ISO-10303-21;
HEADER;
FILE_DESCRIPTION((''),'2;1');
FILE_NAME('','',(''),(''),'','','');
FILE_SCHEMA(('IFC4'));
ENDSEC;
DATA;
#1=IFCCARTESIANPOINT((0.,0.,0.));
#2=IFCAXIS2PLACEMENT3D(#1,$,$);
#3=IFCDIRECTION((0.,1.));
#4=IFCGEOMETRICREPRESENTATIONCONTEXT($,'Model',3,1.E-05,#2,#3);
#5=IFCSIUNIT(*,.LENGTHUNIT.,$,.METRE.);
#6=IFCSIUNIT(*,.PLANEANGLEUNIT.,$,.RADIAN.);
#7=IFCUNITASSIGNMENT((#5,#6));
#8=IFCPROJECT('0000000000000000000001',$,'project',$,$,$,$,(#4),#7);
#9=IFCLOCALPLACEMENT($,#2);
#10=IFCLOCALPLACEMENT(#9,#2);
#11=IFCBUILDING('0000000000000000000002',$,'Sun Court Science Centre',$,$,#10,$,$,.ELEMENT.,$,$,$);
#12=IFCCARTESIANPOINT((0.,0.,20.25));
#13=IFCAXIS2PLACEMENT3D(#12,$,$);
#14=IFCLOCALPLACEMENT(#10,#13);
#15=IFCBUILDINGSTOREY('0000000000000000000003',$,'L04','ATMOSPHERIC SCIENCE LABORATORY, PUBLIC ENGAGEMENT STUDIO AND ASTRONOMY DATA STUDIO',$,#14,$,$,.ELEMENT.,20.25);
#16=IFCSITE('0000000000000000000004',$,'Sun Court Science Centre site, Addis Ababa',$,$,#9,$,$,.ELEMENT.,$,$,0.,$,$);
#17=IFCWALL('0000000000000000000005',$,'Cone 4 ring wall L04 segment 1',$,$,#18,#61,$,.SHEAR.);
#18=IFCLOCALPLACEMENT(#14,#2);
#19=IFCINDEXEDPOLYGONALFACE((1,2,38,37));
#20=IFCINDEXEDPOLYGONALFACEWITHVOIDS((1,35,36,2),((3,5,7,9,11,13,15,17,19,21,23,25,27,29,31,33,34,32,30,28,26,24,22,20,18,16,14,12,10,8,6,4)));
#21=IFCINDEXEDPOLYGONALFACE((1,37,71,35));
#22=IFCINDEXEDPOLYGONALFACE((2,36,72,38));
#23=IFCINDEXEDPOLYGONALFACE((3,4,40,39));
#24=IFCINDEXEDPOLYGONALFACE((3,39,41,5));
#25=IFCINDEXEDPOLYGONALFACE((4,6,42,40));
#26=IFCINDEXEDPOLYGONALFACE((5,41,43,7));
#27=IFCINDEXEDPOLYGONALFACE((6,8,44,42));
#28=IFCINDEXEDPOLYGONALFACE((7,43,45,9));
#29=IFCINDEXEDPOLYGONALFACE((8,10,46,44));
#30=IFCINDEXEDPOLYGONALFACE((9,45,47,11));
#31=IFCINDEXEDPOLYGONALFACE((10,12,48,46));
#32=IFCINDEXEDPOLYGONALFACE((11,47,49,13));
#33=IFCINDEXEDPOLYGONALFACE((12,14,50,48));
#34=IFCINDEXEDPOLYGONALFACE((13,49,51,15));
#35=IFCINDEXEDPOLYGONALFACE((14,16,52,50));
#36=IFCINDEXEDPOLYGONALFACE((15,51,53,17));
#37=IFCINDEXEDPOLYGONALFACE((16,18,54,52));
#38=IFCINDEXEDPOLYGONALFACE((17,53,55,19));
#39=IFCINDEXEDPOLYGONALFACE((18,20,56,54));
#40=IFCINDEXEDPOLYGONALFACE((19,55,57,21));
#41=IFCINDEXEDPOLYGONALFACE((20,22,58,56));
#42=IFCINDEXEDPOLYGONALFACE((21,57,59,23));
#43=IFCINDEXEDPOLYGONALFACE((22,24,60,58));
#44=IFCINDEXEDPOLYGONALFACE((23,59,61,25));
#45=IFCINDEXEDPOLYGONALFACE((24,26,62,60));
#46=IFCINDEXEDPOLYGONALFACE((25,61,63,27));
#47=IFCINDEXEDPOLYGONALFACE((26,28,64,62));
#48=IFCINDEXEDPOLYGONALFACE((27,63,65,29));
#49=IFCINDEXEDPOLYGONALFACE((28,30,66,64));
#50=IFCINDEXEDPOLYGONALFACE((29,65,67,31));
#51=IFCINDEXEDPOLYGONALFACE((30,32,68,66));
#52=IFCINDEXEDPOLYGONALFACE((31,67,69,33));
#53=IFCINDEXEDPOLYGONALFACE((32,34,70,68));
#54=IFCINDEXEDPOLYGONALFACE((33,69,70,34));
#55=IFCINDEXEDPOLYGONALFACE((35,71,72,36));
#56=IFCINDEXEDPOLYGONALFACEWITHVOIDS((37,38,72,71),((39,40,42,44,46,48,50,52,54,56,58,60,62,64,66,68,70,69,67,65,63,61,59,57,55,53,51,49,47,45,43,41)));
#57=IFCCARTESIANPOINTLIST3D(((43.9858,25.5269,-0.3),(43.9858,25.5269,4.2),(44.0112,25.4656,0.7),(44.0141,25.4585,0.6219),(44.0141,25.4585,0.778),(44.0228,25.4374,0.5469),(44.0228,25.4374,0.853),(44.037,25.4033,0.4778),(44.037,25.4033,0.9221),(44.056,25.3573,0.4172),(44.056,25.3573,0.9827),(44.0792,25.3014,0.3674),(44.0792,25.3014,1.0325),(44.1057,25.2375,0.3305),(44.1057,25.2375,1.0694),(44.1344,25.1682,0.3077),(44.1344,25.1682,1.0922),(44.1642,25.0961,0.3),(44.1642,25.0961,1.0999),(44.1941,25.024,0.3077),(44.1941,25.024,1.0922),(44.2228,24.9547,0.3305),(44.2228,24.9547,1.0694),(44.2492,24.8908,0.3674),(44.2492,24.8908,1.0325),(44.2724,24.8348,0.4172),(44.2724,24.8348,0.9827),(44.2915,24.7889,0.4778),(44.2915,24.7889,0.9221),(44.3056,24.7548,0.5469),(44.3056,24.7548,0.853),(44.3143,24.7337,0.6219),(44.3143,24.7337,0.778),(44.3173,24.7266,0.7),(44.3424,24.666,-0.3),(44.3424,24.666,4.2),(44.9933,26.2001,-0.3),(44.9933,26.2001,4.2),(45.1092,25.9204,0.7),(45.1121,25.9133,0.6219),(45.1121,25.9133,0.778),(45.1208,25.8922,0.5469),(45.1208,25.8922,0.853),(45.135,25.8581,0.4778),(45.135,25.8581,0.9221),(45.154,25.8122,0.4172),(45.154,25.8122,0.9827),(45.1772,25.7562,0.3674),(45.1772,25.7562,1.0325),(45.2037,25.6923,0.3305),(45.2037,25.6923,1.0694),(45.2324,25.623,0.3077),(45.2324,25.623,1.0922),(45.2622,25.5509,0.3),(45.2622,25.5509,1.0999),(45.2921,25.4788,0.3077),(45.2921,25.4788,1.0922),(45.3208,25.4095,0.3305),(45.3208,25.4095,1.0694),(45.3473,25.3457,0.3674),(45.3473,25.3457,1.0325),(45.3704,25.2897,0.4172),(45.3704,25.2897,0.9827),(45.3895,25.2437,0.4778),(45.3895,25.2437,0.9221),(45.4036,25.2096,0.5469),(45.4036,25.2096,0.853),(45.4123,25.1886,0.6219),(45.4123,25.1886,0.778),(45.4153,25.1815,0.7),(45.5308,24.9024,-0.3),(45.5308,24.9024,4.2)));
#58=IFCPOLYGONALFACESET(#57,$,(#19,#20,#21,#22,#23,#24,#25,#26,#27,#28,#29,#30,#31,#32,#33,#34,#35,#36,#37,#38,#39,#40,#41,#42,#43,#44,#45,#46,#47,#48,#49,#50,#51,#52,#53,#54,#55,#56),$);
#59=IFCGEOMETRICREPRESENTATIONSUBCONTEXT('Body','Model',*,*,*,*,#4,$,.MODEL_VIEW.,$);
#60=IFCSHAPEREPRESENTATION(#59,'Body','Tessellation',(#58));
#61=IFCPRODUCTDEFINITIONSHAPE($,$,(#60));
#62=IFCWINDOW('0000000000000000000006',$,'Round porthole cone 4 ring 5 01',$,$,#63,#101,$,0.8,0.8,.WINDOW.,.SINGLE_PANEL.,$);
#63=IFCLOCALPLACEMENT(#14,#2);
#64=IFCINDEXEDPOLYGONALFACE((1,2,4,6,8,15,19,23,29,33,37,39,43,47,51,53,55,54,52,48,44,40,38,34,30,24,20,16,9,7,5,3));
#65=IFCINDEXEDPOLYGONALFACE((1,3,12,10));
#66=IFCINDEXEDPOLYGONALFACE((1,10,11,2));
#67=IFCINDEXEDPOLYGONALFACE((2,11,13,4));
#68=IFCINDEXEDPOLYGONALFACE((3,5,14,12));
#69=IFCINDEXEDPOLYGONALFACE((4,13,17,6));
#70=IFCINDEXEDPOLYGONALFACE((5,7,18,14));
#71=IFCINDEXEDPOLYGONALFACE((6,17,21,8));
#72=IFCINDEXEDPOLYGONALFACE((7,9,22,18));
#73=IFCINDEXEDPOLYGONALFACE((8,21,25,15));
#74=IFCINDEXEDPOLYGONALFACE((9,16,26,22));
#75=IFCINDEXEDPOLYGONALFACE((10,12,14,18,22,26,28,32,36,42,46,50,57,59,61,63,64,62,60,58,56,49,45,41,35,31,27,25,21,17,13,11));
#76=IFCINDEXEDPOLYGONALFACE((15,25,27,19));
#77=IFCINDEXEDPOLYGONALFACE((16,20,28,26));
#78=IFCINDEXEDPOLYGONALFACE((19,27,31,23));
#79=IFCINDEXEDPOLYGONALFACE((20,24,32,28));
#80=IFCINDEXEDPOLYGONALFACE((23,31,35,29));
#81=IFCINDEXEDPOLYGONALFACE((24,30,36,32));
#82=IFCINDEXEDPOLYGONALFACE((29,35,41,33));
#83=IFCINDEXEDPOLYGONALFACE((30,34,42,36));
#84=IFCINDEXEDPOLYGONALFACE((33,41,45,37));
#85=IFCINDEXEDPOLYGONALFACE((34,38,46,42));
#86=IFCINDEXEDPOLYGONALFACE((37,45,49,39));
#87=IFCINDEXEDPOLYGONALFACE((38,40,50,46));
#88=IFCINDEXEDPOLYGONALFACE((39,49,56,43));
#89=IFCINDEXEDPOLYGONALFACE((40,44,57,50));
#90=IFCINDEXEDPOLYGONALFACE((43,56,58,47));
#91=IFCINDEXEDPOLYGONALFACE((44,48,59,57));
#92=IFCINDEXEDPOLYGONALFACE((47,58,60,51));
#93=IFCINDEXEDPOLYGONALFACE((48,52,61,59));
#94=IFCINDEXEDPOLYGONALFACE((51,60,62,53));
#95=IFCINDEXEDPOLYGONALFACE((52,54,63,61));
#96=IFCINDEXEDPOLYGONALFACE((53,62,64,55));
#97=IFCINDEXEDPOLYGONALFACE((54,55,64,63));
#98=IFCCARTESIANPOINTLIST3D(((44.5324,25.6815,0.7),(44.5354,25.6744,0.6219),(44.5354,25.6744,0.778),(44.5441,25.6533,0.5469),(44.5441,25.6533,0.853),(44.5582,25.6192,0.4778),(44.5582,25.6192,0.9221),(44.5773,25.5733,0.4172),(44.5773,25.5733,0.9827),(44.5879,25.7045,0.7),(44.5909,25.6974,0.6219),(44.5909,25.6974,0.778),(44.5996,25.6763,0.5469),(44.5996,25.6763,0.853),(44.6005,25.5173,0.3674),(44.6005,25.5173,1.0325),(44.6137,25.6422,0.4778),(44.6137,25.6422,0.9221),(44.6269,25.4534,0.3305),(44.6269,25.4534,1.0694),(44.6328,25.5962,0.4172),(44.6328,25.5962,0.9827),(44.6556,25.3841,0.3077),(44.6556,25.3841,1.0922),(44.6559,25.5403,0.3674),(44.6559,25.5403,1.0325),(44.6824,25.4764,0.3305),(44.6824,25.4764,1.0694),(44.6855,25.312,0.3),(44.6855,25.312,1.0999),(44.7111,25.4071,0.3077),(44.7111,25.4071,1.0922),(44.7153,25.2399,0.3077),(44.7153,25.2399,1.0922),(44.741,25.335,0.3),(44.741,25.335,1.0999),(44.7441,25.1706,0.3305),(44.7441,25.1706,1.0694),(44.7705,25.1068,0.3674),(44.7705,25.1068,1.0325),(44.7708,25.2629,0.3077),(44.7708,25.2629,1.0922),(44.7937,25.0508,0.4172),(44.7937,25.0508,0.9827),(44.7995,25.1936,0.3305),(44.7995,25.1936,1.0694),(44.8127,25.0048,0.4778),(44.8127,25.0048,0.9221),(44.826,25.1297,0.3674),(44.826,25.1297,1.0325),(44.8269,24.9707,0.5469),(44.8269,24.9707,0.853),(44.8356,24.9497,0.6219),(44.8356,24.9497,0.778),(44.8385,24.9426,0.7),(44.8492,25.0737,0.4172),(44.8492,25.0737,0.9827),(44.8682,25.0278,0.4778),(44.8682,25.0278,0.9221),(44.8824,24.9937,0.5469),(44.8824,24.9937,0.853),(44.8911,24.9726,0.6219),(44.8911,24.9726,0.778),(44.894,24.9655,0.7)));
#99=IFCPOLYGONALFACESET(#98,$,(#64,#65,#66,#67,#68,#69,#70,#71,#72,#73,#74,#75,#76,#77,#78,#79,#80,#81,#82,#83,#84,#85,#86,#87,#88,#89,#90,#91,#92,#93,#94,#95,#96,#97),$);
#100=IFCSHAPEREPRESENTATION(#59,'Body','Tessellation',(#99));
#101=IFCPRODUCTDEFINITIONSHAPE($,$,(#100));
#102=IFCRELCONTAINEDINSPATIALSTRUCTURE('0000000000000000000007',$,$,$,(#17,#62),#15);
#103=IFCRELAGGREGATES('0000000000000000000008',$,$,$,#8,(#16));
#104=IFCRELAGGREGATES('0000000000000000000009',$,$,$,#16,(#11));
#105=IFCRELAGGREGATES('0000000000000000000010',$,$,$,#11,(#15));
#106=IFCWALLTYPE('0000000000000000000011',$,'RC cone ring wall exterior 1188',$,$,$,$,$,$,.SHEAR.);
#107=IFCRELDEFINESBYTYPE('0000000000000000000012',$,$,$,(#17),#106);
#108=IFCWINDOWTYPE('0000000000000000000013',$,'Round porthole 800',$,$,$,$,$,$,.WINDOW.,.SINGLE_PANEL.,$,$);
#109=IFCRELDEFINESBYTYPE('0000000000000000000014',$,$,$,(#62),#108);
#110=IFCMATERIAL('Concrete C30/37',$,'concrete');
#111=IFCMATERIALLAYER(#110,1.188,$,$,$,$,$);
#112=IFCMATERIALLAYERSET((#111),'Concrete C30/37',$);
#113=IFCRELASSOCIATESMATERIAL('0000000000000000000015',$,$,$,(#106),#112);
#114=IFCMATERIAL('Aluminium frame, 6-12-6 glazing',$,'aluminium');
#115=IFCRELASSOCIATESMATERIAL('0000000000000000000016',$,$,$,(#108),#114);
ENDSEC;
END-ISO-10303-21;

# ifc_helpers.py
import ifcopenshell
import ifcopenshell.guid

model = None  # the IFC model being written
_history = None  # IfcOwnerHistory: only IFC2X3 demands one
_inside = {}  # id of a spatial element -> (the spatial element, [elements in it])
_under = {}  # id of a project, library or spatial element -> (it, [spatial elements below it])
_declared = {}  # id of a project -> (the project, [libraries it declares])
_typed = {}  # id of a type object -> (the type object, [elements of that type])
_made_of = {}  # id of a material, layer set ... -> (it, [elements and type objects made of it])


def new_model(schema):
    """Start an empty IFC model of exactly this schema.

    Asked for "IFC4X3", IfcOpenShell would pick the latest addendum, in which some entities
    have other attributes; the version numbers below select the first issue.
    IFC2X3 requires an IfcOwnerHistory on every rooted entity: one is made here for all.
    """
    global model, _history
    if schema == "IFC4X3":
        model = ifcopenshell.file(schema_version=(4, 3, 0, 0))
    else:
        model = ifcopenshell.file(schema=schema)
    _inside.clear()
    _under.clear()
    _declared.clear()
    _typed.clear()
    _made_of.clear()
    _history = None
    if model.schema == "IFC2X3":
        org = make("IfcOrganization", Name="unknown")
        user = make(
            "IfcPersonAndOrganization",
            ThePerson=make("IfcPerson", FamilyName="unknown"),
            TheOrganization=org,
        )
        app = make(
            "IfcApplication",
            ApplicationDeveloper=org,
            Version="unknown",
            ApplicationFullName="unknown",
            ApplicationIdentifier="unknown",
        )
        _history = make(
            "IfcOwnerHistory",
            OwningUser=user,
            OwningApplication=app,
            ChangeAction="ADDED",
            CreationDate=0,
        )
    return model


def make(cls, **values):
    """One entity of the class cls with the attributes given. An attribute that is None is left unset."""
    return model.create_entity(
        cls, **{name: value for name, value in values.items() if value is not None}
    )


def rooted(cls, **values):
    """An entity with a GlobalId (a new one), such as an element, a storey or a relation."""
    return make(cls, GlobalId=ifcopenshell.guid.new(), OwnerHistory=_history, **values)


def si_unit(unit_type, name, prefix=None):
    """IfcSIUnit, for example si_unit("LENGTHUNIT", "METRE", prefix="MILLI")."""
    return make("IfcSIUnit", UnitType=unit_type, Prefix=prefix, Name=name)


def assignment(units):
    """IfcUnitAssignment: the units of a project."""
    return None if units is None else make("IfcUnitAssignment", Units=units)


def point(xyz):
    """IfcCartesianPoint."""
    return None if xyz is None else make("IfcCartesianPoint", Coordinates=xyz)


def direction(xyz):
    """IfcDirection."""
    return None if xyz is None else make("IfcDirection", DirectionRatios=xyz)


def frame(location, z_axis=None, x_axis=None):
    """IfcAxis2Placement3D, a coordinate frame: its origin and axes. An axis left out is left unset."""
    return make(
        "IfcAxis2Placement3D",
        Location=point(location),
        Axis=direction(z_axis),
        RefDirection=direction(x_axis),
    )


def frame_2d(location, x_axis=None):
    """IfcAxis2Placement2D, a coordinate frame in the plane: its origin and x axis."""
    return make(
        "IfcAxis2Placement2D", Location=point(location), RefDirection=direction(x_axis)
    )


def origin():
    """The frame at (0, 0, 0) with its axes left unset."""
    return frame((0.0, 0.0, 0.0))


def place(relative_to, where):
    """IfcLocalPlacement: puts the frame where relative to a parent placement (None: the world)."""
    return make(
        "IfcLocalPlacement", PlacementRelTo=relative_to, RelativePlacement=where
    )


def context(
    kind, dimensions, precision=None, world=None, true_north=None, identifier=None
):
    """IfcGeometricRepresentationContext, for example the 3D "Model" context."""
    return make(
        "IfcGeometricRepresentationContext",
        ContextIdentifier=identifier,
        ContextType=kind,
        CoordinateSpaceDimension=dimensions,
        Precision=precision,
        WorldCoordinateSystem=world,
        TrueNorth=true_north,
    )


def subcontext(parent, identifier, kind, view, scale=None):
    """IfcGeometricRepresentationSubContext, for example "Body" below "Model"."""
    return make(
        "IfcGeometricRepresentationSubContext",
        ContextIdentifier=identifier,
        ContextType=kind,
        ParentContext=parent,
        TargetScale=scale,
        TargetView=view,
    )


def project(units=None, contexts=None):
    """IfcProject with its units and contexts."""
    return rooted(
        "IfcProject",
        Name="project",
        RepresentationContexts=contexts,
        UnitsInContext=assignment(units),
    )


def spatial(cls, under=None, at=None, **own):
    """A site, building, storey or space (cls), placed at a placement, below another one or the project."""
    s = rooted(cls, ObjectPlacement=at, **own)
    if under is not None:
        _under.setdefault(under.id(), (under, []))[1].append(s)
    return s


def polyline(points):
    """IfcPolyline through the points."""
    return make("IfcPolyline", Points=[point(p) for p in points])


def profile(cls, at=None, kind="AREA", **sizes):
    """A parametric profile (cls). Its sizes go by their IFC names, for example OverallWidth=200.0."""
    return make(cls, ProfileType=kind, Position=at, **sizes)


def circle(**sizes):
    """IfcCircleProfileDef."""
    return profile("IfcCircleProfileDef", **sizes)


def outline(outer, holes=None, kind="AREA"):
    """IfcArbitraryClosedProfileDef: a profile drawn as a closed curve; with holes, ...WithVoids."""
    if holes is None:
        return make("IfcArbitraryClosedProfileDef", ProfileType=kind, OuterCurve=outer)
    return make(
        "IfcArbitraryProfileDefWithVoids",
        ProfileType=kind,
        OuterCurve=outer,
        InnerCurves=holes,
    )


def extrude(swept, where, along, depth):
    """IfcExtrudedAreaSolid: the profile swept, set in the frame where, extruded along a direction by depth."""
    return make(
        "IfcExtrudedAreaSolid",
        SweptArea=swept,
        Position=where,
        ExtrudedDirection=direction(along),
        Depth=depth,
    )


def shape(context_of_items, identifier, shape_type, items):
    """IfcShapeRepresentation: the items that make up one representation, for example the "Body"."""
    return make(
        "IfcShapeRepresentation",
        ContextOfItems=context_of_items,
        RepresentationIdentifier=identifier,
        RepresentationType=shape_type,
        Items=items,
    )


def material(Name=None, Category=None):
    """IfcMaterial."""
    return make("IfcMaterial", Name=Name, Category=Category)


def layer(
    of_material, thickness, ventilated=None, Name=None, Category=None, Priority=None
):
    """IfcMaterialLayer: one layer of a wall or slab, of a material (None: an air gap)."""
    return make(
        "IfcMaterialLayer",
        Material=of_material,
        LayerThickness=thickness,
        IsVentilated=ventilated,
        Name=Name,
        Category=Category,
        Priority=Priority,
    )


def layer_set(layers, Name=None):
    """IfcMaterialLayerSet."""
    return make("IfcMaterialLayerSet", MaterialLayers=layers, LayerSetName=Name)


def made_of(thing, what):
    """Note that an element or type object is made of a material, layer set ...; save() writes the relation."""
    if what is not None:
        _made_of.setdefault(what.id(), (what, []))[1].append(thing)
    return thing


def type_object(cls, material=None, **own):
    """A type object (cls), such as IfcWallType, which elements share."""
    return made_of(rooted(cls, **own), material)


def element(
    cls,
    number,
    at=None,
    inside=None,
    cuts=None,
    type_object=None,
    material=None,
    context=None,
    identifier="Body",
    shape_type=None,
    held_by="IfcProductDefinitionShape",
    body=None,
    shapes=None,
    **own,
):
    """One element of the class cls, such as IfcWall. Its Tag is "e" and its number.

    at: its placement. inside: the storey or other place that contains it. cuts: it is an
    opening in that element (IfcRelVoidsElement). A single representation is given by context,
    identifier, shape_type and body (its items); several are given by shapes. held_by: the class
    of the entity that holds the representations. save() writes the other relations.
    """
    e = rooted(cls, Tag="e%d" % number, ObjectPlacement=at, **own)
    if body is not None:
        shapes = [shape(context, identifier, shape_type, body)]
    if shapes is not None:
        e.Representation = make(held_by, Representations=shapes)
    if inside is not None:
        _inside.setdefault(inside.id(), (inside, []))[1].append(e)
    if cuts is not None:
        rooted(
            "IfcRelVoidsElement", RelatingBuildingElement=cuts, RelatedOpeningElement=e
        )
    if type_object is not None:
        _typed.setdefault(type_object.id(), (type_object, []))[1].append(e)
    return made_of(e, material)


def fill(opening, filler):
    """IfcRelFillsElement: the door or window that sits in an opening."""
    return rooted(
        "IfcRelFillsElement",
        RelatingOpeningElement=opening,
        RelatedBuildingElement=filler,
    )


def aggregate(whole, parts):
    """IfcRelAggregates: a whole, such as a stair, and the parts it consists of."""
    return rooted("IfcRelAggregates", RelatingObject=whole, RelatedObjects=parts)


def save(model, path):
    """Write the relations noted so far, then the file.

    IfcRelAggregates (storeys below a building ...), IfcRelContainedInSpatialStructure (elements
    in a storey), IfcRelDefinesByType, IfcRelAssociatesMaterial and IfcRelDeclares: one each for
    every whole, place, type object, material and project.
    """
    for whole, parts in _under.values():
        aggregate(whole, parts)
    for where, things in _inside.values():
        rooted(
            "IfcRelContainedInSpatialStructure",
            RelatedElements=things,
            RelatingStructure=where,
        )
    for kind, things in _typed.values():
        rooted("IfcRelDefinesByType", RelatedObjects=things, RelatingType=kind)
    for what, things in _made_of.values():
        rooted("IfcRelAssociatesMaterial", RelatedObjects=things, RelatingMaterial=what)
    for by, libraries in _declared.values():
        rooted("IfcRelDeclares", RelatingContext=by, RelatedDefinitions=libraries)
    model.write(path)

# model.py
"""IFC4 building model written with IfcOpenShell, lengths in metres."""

from ifc_helpers import new_model, si_unit, direction, frame, frame_2d, origin, place, context, subcontext, project, spatial, polyline, circle, outline, extrude, material, layer, layer_set, type_object, element, fill, save


model = new_model("IFC4")

# Units and contexts
model_context = context("Model", 3, precision=1e-05, world=origin(), true_north=direction((0.0, 1.0)))
body_context = subcontext(model_context, "Body", "Model", "MODEL_VIEW")
ifc_project = project(units=[si_unit("LENGTHUNIT", "METRE"), si_unit("PLANEANGLEUNIT", "RADIAN")], contexts=[model_context])

# Site, building, storey
site_placement = place(None, origin())
site = spatial("IfcSite", under=ifc_project, at=site_placement, Name="Sun Court Science Centre site, Addis Ababa", CompositionType="ELEMENT", RefElevation=0.0)
building_placement = place(site_placement, origin())
building = spatial("IfcBuilding", under=site, at=building_placement, Name="Sun Court Science Centre", CompositionType="ELEMENT")
storey_placement = place(building_placement, frame((0.0, 0.0, 20.25)))
storey = spatial("IfcBuildingStorey", under=building, at=storey_placement, Name="L04", Description="ATMOSPHERIC SCIENCE LABORATORY, PUBLIC ENGAGEMENT STUDIO AND ASTRONOMY DATA STUDIO", CompositionType="ELEMENT", Elevation=20.25)

# Wall, opening, window
ifc_material_1 = material(Name="Concrete C30/37", Category="concrete")
ifc_layer = layer(ifc_material_1, 1.188)
ifc_layer_set = layer_set([ifc_layer], Name="Concrete C30/37")
wall_type = type_object("IfcWallType", Name="RC cone ring wall exterior 1188", PredefinedType="SHEAR", material=ifc_layer_set)
wall_1_placement = place(storey_placement, frame((44.9819, 24.6748, -0.3), z_axis=(0.0, 0.0, 1.0), x_axis=(-0.382689, 0.923877, 0.0)))
wall_1 = element("IfcWall", 1, at=wall_1_placement, inside=storey, type_object=wall_type, Name="Cone 4 ring wall L04 segment 1", PredefinedType="SHEAR", context=body_context, shape_type="SweptSolid", body=[
    extrude(outline(polyline([(0.0002, -0.5942), (1.4048, -0.5942), (1.1685, 0.5942), (0.2366, 0.5942), (0.0002, -0.5942)])), origin(), (0.0, 0.0, 1.0), 4.5),
])
opening_1_placement = place(wall_1_placement, frame((0.3022, 0.0, 0.6001)))
opening_1 = element("IfcOpeningElement", 2, at=opening_1_placement, cuts=wall_1, PredefinedType="OPENING", context=body_context, shape_type="SweptSolid", body=[
    extrude(circle(Radius=0.3999, at=frame_2d((0.3999, 0.3999))), frame((0.0, 0.6042, 0.0), z_axis=(0.0, -1.0, 0.0), x_axis=(1.0, 0.0, 0.0)), (0.0, 0.0, 1.0), 1.2085),
])
ifc_material_2 = material(Name="Aluminium frame, 6-12-6 glazing", Category="aluminium")
window_type = type_object("IfcWindowType", Name="Round porthole 800", PartitioningType="SINGLE_PANEL", PredefinedType="WINDOW", material=ifc_material_2)
window_1_placement = place(opening_1_placement, origin())
window_1 = element("IfcWindow", 3, at=window_1_placement, inside=storey, type_object=window_type, Name="Round porthole cone 4 ring 5 01", OverallHeight=0.8, OverallWidth=0.8, PartitioningType="SINGLE_PANEL", PredefinedType="WINDOW", context=body_context, shape_type="SweptSolid", body=[
    extrude(circle(Radius=0.3999, at=frame_2d((0.3999, 0.3999))), frame((0.0, 0.03, 0.0), z_axis=(0.0, -1.0, 0.0), x_axis=(1.0, 0.0, 0.0)), (0.0, 0.0, 1.0), 0.0601),
])
fill(opening_1, window_1)

save(model, "model.ifc")
